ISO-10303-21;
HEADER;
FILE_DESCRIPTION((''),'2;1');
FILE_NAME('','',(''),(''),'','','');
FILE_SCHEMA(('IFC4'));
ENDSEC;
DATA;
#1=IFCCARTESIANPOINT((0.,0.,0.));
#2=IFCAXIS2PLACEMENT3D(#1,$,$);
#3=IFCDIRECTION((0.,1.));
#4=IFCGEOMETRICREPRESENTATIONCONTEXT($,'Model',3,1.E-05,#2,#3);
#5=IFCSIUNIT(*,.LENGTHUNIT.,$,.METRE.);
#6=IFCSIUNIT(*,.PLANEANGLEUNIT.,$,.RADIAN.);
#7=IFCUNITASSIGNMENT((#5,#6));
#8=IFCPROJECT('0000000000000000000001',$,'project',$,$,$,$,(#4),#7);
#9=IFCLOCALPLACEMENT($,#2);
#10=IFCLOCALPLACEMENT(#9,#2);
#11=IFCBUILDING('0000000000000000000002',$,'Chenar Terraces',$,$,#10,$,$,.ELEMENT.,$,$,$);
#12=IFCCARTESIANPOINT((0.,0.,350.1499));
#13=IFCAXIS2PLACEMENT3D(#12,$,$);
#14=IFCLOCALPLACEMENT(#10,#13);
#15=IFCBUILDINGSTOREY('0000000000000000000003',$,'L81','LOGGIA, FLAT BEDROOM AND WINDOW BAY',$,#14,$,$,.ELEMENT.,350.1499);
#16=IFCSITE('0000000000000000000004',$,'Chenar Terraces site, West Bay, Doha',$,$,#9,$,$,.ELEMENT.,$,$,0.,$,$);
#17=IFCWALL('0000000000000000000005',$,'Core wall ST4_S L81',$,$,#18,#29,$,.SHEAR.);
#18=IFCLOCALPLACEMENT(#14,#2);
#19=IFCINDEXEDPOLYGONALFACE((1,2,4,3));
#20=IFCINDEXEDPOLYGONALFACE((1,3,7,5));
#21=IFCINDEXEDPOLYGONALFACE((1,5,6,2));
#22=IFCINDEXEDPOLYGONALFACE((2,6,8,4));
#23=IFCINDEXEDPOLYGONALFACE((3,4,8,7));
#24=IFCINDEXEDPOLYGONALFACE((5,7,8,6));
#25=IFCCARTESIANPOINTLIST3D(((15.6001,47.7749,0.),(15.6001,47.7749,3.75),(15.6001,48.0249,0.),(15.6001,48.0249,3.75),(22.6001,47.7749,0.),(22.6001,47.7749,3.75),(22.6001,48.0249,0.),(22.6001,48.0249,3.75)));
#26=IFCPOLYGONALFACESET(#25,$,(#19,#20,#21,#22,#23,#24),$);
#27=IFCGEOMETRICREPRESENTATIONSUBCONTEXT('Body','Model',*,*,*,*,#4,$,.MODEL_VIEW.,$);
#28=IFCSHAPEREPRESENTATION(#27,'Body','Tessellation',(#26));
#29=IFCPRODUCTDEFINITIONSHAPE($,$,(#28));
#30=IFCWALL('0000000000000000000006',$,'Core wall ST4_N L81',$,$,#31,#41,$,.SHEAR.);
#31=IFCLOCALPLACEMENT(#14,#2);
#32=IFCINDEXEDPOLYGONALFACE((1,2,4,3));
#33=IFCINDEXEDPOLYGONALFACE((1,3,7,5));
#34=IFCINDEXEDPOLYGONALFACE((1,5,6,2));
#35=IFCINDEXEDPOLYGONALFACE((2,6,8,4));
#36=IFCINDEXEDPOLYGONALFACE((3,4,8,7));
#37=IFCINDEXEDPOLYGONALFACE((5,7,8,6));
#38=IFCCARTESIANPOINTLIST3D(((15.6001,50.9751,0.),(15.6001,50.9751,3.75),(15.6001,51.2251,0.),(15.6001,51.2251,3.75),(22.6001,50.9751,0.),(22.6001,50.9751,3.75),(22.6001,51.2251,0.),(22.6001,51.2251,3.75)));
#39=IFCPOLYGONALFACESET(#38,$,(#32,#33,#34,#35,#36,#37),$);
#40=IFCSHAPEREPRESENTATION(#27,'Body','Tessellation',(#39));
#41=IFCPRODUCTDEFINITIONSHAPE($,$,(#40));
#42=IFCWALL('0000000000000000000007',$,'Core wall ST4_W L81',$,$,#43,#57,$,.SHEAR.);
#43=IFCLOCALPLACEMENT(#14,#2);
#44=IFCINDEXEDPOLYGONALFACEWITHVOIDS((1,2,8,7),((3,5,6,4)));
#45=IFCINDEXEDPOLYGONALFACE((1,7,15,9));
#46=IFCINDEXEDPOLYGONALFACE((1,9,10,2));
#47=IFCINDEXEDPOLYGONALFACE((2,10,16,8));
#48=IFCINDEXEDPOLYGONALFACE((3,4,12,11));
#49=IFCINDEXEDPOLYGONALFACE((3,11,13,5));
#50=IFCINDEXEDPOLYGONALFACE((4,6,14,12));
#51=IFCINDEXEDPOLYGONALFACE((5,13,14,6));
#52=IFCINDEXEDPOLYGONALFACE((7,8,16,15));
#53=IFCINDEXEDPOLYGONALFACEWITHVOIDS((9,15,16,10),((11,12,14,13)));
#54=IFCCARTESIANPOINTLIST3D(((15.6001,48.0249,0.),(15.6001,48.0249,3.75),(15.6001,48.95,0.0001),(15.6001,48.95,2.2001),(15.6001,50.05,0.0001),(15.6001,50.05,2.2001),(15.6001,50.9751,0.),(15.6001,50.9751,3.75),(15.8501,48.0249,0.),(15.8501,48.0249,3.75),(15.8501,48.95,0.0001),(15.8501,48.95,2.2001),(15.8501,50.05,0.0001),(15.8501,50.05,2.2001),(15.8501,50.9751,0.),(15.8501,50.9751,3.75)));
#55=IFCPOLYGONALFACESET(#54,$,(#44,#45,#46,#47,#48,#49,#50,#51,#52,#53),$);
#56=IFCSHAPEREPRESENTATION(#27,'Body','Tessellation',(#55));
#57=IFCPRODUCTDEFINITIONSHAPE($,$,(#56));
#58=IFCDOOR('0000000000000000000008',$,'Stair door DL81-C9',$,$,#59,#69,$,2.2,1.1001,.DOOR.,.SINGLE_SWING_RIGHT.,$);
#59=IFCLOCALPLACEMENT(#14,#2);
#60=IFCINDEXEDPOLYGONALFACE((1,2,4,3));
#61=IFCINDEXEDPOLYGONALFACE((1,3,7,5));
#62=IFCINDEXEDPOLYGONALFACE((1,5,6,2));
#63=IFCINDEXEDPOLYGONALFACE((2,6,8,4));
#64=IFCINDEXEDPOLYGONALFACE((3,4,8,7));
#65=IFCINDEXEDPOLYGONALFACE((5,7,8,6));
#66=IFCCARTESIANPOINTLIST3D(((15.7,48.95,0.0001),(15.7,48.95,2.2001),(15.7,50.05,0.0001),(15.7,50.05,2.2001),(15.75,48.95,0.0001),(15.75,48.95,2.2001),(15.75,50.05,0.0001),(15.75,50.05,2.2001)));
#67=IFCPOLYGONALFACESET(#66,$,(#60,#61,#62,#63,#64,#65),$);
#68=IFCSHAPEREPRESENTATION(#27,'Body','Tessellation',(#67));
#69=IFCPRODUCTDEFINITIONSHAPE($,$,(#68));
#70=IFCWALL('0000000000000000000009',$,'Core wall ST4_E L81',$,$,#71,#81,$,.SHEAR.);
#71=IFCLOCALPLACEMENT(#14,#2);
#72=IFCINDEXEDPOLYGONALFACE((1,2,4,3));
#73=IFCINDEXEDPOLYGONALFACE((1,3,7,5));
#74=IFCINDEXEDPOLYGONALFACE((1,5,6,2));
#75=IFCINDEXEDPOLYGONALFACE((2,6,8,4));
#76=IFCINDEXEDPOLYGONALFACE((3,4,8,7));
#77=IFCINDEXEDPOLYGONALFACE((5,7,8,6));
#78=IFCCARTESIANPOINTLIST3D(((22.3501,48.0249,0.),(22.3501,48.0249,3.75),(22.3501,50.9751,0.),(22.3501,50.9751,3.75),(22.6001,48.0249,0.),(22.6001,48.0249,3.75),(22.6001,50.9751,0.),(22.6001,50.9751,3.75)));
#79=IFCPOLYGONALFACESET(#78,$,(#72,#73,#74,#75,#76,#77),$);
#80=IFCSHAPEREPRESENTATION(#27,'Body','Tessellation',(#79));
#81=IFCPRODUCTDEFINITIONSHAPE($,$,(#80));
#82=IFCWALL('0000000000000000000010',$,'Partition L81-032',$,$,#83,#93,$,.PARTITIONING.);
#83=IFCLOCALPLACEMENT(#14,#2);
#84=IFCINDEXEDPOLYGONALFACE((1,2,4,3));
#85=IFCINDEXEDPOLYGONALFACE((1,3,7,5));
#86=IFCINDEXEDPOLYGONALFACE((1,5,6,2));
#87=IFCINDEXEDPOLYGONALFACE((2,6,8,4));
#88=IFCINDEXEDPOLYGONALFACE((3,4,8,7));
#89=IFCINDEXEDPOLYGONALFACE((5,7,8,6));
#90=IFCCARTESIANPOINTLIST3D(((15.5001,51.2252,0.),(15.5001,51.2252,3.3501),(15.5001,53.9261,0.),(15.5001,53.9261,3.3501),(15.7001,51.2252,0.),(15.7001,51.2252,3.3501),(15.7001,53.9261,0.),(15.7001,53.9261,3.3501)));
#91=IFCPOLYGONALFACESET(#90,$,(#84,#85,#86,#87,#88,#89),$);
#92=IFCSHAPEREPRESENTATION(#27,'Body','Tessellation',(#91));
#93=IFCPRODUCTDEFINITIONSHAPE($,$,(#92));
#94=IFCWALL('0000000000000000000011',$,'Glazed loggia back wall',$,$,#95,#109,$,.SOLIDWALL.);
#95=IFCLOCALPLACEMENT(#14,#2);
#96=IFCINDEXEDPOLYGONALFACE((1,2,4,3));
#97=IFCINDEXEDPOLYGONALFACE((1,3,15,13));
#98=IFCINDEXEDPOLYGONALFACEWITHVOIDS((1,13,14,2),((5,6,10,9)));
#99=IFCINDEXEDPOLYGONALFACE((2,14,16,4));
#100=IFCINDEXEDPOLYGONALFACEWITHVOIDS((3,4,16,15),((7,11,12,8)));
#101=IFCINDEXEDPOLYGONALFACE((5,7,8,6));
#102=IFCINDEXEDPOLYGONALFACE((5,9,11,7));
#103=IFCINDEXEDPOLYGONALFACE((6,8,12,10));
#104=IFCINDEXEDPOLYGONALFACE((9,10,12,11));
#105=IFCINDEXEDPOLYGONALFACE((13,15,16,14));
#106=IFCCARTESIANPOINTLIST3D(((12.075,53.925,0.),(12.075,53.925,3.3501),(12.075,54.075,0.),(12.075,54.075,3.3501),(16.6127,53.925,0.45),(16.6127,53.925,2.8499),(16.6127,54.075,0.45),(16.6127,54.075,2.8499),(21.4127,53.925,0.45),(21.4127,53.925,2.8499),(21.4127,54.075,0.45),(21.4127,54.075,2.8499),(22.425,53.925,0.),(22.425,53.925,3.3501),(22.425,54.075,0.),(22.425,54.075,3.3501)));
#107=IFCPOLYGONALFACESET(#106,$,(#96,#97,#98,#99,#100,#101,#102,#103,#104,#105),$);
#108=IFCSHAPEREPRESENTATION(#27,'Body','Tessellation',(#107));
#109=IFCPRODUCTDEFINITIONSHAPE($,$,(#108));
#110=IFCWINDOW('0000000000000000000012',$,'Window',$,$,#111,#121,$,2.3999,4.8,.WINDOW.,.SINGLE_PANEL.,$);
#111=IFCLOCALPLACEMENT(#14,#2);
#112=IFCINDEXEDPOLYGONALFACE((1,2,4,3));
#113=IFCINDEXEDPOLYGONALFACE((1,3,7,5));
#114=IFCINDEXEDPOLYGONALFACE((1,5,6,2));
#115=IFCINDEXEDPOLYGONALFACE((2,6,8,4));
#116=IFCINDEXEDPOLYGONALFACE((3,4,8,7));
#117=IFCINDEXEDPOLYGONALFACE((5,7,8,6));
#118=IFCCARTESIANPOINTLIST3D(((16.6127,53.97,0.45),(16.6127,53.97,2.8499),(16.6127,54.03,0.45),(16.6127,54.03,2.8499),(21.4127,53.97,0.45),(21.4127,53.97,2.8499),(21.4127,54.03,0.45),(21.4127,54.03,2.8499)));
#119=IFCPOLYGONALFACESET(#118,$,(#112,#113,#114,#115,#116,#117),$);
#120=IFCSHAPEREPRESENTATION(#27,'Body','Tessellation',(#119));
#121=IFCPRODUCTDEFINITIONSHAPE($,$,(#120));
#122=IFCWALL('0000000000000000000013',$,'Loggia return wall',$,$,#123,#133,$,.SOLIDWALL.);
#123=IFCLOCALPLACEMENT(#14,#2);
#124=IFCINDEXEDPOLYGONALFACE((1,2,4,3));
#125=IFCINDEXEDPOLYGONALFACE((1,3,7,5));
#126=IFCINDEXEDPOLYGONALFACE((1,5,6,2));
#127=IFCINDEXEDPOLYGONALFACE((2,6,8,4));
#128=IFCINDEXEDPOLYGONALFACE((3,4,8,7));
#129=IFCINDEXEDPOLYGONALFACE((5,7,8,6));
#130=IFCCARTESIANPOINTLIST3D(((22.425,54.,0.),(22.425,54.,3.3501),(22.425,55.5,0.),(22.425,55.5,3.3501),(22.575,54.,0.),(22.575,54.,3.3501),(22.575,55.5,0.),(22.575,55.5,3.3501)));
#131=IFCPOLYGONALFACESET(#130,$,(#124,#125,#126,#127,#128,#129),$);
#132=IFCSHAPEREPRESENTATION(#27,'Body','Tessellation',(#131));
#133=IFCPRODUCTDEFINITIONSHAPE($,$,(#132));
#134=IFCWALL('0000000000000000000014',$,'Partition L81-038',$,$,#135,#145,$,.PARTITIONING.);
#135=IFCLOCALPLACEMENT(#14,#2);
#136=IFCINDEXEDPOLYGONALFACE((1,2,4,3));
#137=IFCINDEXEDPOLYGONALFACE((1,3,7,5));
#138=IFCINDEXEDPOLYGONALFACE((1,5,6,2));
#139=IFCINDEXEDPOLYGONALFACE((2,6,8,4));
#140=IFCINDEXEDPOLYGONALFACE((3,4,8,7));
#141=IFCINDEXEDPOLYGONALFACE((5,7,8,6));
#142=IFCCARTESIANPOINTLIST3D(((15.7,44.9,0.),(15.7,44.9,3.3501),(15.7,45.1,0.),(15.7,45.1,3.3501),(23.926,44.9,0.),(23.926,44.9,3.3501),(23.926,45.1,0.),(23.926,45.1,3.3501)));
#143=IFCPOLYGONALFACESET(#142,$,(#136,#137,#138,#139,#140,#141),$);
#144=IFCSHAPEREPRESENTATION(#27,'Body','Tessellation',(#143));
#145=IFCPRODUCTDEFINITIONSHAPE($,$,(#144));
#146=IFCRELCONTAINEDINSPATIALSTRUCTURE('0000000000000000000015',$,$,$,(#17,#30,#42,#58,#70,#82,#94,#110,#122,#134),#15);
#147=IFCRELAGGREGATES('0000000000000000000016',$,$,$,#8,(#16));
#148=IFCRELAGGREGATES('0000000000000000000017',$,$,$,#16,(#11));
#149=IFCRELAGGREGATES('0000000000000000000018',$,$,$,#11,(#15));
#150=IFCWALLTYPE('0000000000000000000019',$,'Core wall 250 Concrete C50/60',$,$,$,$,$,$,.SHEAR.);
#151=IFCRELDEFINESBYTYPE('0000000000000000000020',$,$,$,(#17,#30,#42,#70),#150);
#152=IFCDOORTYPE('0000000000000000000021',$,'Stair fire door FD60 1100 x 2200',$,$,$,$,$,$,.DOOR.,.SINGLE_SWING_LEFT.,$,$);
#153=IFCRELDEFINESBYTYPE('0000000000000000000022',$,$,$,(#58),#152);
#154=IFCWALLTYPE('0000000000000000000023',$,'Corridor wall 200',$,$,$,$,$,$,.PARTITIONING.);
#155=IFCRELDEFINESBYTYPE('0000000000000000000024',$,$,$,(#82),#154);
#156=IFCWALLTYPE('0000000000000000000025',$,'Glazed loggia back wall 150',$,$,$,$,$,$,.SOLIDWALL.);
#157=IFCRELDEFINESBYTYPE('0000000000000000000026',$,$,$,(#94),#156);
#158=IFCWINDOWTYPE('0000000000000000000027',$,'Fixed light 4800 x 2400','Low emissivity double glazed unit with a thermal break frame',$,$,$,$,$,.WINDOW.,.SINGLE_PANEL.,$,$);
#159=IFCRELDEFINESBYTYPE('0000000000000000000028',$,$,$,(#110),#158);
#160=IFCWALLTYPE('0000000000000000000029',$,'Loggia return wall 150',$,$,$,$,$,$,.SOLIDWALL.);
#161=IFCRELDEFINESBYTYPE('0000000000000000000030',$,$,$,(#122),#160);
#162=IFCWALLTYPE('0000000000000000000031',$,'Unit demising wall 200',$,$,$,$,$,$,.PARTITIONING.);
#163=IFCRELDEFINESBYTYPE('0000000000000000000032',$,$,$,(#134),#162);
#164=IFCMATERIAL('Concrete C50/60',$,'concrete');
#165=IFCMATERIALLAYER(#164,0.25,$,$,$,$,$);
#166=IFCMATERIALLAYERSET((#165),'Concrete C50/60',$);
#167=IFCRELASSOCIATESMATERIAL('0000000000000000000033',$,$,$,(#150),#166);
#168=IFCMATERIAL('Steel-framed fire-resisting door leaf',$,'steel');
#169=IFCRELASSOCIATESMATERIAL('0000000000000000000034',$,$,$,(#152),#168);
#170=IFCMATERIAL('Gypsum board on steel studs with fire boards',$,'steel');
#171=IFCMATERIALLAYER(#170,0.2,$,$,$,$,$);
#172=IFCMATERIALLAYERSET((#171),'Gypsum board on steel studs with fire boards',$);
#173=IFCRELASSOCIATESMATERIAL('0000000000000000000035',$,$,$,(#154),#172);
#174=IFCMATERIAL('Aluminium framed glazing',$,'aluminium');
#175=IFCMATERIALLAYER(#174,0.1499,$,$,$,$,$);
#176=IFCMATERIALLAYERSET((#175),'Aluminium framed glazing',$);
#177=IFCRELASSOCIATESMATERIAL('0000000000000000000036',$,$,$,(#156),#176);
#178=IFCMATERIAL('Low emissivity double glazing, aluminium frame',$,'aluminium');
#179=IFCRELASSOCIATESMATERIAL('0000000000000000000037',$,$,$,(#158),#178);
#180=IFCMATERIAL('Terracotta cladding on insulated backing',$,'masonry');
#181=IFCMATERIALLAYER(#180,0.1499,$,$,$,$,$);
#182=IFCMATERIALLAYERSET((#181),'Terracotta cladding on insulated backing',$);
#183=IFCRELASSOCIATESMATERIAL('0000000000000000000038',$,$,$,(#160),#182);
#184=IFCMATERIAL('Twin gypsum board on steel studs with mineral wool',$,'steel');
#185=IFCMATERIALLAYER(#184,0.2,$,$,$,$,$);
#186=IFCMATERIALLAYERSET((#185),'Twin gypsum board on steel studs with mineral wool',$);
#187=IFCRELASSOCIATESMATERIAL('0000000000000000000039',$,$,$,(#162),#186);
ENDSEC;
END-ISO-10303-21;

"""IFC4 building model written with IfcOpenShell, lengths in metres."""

from ifc_helpers import new_model, si_unit, direction, frame, frame_2d, origin, place, context, subcontext, project, spatial, rectangle, extrude, material, layer, layer_set, type_object, element, fill, save


model = new_model("IFC4")

# Units and contexts
model_context = context("Model", 3, precision=1e-05, world=origin(), true_north=direction((0.0, 1.0)))
body_context = subcontext(model_context, "Body", "Model", "MODEL_VIEW")
ifc_project = project(units=[si_unit("LENGTHUNIT", "METRE"), si_unit("PLANEANGLEUNIT", "RADIAN")], contexts=[model_context])

# Site, building, storey
site_placement = place(None, origin())
site = spatial("IfcSite", under=ifc_project, at=site_placement, Name="Chenar Terraces site, West Bay, Doha", CompositionType="ELEMENT", RefElevation=0.0)
building_placement = place(site_placement, origin())
building = spatial("IfcBuilding", under=site, at=building_placement, Name="Chenar Terraces", CompositionType="ELEMENT")
storey_placement = place(building_placement, frame((0.0, 0.0, 350.1499)))
storey = spatial("IfcBuildingStorey", under=building, at=storey_placement, Name="L81", Description="LOGGIA, FLAT BEDROOM AND WINDOW BAY", CompositionType="ELEMENT", Elevation=350.1499)

# Walls
ifc_material_1 = material(Name="Concrete C50/60", Category="concrete")
ifc_layer_1 = layer(ifc_material_1, 0.25)
ifc_layer_set_1 = layer_set([ifc_layer_1], Name="Concrete C50/60")
wall_type_1 = type_object("IfcWallType", Name="Core wall 250 Concrete C50/60", PredefinedType="SHEAR", material=ifc_layer_set_1)
for number, where, z_axis, x_axis, name in (
    (1, (15.6001, 47.8999, 0.0), (0.0, 0.0, 1.0), (1.0, 0.0, 0.0), "Core wall ST4_S L81"),
    (2, (15.6001, 51.1001, 0.0), (0.0, 0.0, 1.0), (1.0, 0.0, 0.0), "Core wall ST4_N L81"),
):
    element("IfcWall", number, at=place(storey_placement, frame(where, z_axis=z_axis, x_axis=x_axis)), inside=storey, type_object=wall_type_1, Name=name, PredefinedType="SHEAR", context=body_context, shape_type="SweptSolid", body=[
        extrude(rectangle(XDim=7.0, YDim=0.25, at=frame_2d((3.5, 0.0))), origin(), (0.0, 0.0, 1.0), 3.75),
    ])

# Wall, opening, door
wall_1_placement = place(storey_placement, frame((15.7251, 48.0249, 0.0), z_axis=(0.0, 0.0, 1.0), x_axis=(0.0, 1.0, 0.0)))
wall_1 = element("IfcWall", 3, at=wall_1_placement, inside=storey, type_object=wall_type_1, Name="Core wall ST4_W L81", PredefinedType="SHEAR", context=body_context, shape_type="SweptSolid", body=[
    extrude(rectangle(XDim=2.9502, YDim=0.25, at=frame_2d((1.4751, 0.0))), origin(), (0.0, 0.0, 1.0), 3.75),
])
opening_1_placement = place(wall_1_placement, frame((0.925, 0.0, 0.0)))
opening_1 = element("IfcOpeningElement", 4, at=opening_1_placement, cuts=wall_1, PredefinedType="OPENING", context=body_context, shape_type="SweptSolid", body=[
    extrude(rectangle(XDim=1.1001, YDim=2.2, at=frame_2d((0.55, 1.1001))), frame((0.0, 0.135, 0.0), z_axis=(0.0, -1.0, 0.0), x_axis=(1.0, 0.0, 0.0)), (0.0, 0.0, 1.0), 0.27),
])
ifc_material_2 = material(Name="Steel-framed fire-resisting door leaf", Category="steel")
door_type = type_object("IfcDoorType", Name="Stair fire door FD60 1100 x 2200", OperationType="SINGLE_SWING_LEFT", PredefinedType="DOOR", material=ifc_material_2)
door_placement = place(opening_1_placement, frame((1.1001, 0.0, 0.0), z_axis=(0.0, 0.0, 1.0), x_axis=(-1.0, 0.0, 0.0)))
door = element("IfcDoor", 5, at=door_placement, inside=storey, type_object=door_type, Name="Stair door DL81-C9", OperationType="SINGLE_SWING_RIGHT", OverallHeight=2.2, OverallWidth=1.1001, PredefinedType="DOOR", context=body_context, shape_type="SweptSolid", body=[
    extrude(rectangle(XDim=1.1001, YDim=2.2, at=frame_2d((0.55, 1.1001))), frame((0.0, 0.0249, 0.0), z_axis=(0.0, -1.0, 0.0), x_axis=(1.0, 0.0, 0.0)), (0.0, 0.0, 1.0), 0.05),
])
fill(opening_1, door)

# Walls
wall_2_placement = place(storey_placement, frame((22.4751, 48.0249, 0.0), z_axis=(0.0, 0.0, 1.0), x_axis=(0.0, 1.0, 0.0)))
element("IfcWall", 6, at=wall_2_placement, inside=storey, type_object=wall_type_1, Name="Core wall ST4_E L81", PredefinedType="SHEAR", context=body_context, shape_type="SweptSolid", body=[
    extrude(rectangle(XDim=2.9502, YDim=0.25, at=frame_2d((1.4751, 0.0))), origin(), (0.0, 0.0, 1.0), 3.75),
])
ifc_material_3 = material(Name="Gypsum board on steel studs with fire boards", Category="steel")
ifc_layer_2 = layer(ifc_material_3, 0.2)
ifc_layer_set_2 = layer_set([ifc_layer_2], Name="Gypsum board on steel studs with fire boards")
wall_type_2 = type_object("IfcWallType", Name="Corridor wall 200", PredefinedType="PARTITIONING", material=ifc_layer_set_2)
wall_3_placement = place(storey_placement, frame((15.6001, 51.2251, 0.0), z_axis=(0.0, 0.0, 1.0), x_axis=(0.0, 1.0, 0.0)))
element("IfcWall", 7, at=wall_3_placement, inside=storey, type_object=wall_type_2, Name="Partition L81-032", PredefinedType="PARTITIONING", context=body_context, shape_type="SweptSolid", body=[
    extrude(rectangle(XDim=2.7009, YDim=0.2, at=frame_2d((1.3506, 0.0))), origin(), (0.0, 0.0, 1.0), 3.3501),
])

# Wall, opening, window
ifc_material_4 = material(Name="Aluminium framed glazing", Category="aluminium")
ifc_layer_3 = layer(ifc_material_4, 0.1499)
ifc_layer_set_3 = layer_set([ifc_layer_3], Name="Aluminium framed glazing")
wall_type_3 = type_object("IfcWallType", Name="Glazed loggia back wall 150", PredefinedType="SOLIDWALL", material=ifc_layer_set_3)
wall_4_placement = place(storey_placement, frame((22.425, 54.0, 0.0), z_axis=(0.0, 0.0, 1.0), x_axis=(-1.0, 0.0, 0.0)))
wall_4 = element("IfcWall", 8, at=wall_4_placement, inside=storey, type_object=wall_type_3, Name="Glazed loggia back wall", PredefinedType="SOLIDWALL", context=body_context, shape_type="SweptSolid", body=[
    extrude(rectangle(XDim=10.3501, YDim=0.1499, at=frame_2d((5.175, 0.0))), origin(), (0.0, 0.0, 1.0), 3.3501),
])
opening_2_placement = place(wall_4_placement, frame((1.0125, 0.0, 0.45)))
opening_2 = element("IfcOpeningElement", 9, at=opening_2_placement, cuts=wall_4, PredefinedType="OPENING", context=body_context, shape_type="SweptSolid", body=[
    extrude(rectangle(XDim=4.8, YDim=2.3999, at=frame_2d((2.3999, 1.2))), frame((0.0, 0.085, 0.0), z_axis=(0.0, -1.0, 0.0), x_axis=(1.0, 0.0, 0.0)), (0.0, 0.0, 1.0), 0.1699),
])
ifc_material_5 = material(Name="Low emissivity double glazing, aluminium frame", Category="aluminium")
window_type = type_object("IfcWindowType", Name="Fixed light 4800 x 2400", Description="Low emissivity double glazed unit with a thermal break frame", PartitioningType="SINGLE_PANEL", PredefinedType="WINDOW", material=ifc_material_5)
window_placement = place(opening_2_placement, origin())
window = element("IfcWindow", 10, at=window_placement, inside=storey, type_object=window_type, Name="Window", OverallHeight=2.3999, OverallWidth=4.8, PartitioningType="SINGLE_PANEL", PredefinedType="WINDOW", context=body_context, shape_type="SweptSolid", body=[
    extrude(rectangle(XDim=4.8, YDim=2.3999, at=frame_2d((2.3999, 1.2))), frame((0.0, 0.03, 0.0), z_axis=(0.0, -1.0, 0.0), x_axis=(1.0, 0.0, 0.0)), (0.0, 0.0, 1.0), 0.0601),
])
fill(opening_2, window)

# Walls
ifc_material_6 = material(Name="Terracotta cladding on insulated backing", Category="masonry")
ifc_layer_4 = layer(ifc_material_6, 0.1499)
ifc_layer_set_4 = layer_set([ifc_layer_4], Name="Terracotta cladding on insulated backing")
wall_type_4 = type_object("IfcWallType", Name="Loggia return wall 150", PredefinedType="SOLIDWALL", material=ifc_layer_set_4)
wall_5_placement = place(storey_placement, frame((22.5, 55.5, 0.0), z_axis=(0.0, 0.0, 1.0), x_axis=(0.0, -1.0, 0.0)))
element("IfcWall", 11, at=wall_5_placement, inside=storey, type_object=wall_type_4, Name="Loggia return wall", PredefinedType="SOLIDWALL", context=body_context, shape_type="SweptSolid", body=[
    extrude(rectangle(XDim=1.5, YDim=0.1499, at=frame_2d((0.75, 0.0))), origin(), (0.0, 0.0, 1.0), 3.3501),
])
ifc_material_7 = material(Name="Twin gypsum board on steel studs with mineral wool", Category="steel")
ifc_layer_5 = layer(ifc_material_7, 0.2)
ifc_layer_set_5 = layer_set([ifc_layer_5], Name="Twin gypsum board on steel studs with mineral wool")
wall_type_5 = type_object("IfcWallType", Name="Unit demising wall 200", PredefinedType="PARTITIONING", material=ifc_layer_set_5)
wall_6_placement = place(storey_placement, frame((15.7, 45.0, 0.0), z_axis=(0.0, 0.0, 1.0), x_axis=(1.0, 0.0, 0.0)))
element("IfcWall", 12, at=wall_6_placement, inside=storey, type_object=wall_type_5, Name="Partition L81-038", PredefinedType="PARTITIONING", context=body_context, shape_type="SweptSolid", body=[
    extrude(rectangle(XDim=8.2261, YDim=0.2, at=frame_2d((4.113, 0.0))), origin(), (0.0, 0.0, 1.0), 3.3501),
])

save(model, "model.ifc")
